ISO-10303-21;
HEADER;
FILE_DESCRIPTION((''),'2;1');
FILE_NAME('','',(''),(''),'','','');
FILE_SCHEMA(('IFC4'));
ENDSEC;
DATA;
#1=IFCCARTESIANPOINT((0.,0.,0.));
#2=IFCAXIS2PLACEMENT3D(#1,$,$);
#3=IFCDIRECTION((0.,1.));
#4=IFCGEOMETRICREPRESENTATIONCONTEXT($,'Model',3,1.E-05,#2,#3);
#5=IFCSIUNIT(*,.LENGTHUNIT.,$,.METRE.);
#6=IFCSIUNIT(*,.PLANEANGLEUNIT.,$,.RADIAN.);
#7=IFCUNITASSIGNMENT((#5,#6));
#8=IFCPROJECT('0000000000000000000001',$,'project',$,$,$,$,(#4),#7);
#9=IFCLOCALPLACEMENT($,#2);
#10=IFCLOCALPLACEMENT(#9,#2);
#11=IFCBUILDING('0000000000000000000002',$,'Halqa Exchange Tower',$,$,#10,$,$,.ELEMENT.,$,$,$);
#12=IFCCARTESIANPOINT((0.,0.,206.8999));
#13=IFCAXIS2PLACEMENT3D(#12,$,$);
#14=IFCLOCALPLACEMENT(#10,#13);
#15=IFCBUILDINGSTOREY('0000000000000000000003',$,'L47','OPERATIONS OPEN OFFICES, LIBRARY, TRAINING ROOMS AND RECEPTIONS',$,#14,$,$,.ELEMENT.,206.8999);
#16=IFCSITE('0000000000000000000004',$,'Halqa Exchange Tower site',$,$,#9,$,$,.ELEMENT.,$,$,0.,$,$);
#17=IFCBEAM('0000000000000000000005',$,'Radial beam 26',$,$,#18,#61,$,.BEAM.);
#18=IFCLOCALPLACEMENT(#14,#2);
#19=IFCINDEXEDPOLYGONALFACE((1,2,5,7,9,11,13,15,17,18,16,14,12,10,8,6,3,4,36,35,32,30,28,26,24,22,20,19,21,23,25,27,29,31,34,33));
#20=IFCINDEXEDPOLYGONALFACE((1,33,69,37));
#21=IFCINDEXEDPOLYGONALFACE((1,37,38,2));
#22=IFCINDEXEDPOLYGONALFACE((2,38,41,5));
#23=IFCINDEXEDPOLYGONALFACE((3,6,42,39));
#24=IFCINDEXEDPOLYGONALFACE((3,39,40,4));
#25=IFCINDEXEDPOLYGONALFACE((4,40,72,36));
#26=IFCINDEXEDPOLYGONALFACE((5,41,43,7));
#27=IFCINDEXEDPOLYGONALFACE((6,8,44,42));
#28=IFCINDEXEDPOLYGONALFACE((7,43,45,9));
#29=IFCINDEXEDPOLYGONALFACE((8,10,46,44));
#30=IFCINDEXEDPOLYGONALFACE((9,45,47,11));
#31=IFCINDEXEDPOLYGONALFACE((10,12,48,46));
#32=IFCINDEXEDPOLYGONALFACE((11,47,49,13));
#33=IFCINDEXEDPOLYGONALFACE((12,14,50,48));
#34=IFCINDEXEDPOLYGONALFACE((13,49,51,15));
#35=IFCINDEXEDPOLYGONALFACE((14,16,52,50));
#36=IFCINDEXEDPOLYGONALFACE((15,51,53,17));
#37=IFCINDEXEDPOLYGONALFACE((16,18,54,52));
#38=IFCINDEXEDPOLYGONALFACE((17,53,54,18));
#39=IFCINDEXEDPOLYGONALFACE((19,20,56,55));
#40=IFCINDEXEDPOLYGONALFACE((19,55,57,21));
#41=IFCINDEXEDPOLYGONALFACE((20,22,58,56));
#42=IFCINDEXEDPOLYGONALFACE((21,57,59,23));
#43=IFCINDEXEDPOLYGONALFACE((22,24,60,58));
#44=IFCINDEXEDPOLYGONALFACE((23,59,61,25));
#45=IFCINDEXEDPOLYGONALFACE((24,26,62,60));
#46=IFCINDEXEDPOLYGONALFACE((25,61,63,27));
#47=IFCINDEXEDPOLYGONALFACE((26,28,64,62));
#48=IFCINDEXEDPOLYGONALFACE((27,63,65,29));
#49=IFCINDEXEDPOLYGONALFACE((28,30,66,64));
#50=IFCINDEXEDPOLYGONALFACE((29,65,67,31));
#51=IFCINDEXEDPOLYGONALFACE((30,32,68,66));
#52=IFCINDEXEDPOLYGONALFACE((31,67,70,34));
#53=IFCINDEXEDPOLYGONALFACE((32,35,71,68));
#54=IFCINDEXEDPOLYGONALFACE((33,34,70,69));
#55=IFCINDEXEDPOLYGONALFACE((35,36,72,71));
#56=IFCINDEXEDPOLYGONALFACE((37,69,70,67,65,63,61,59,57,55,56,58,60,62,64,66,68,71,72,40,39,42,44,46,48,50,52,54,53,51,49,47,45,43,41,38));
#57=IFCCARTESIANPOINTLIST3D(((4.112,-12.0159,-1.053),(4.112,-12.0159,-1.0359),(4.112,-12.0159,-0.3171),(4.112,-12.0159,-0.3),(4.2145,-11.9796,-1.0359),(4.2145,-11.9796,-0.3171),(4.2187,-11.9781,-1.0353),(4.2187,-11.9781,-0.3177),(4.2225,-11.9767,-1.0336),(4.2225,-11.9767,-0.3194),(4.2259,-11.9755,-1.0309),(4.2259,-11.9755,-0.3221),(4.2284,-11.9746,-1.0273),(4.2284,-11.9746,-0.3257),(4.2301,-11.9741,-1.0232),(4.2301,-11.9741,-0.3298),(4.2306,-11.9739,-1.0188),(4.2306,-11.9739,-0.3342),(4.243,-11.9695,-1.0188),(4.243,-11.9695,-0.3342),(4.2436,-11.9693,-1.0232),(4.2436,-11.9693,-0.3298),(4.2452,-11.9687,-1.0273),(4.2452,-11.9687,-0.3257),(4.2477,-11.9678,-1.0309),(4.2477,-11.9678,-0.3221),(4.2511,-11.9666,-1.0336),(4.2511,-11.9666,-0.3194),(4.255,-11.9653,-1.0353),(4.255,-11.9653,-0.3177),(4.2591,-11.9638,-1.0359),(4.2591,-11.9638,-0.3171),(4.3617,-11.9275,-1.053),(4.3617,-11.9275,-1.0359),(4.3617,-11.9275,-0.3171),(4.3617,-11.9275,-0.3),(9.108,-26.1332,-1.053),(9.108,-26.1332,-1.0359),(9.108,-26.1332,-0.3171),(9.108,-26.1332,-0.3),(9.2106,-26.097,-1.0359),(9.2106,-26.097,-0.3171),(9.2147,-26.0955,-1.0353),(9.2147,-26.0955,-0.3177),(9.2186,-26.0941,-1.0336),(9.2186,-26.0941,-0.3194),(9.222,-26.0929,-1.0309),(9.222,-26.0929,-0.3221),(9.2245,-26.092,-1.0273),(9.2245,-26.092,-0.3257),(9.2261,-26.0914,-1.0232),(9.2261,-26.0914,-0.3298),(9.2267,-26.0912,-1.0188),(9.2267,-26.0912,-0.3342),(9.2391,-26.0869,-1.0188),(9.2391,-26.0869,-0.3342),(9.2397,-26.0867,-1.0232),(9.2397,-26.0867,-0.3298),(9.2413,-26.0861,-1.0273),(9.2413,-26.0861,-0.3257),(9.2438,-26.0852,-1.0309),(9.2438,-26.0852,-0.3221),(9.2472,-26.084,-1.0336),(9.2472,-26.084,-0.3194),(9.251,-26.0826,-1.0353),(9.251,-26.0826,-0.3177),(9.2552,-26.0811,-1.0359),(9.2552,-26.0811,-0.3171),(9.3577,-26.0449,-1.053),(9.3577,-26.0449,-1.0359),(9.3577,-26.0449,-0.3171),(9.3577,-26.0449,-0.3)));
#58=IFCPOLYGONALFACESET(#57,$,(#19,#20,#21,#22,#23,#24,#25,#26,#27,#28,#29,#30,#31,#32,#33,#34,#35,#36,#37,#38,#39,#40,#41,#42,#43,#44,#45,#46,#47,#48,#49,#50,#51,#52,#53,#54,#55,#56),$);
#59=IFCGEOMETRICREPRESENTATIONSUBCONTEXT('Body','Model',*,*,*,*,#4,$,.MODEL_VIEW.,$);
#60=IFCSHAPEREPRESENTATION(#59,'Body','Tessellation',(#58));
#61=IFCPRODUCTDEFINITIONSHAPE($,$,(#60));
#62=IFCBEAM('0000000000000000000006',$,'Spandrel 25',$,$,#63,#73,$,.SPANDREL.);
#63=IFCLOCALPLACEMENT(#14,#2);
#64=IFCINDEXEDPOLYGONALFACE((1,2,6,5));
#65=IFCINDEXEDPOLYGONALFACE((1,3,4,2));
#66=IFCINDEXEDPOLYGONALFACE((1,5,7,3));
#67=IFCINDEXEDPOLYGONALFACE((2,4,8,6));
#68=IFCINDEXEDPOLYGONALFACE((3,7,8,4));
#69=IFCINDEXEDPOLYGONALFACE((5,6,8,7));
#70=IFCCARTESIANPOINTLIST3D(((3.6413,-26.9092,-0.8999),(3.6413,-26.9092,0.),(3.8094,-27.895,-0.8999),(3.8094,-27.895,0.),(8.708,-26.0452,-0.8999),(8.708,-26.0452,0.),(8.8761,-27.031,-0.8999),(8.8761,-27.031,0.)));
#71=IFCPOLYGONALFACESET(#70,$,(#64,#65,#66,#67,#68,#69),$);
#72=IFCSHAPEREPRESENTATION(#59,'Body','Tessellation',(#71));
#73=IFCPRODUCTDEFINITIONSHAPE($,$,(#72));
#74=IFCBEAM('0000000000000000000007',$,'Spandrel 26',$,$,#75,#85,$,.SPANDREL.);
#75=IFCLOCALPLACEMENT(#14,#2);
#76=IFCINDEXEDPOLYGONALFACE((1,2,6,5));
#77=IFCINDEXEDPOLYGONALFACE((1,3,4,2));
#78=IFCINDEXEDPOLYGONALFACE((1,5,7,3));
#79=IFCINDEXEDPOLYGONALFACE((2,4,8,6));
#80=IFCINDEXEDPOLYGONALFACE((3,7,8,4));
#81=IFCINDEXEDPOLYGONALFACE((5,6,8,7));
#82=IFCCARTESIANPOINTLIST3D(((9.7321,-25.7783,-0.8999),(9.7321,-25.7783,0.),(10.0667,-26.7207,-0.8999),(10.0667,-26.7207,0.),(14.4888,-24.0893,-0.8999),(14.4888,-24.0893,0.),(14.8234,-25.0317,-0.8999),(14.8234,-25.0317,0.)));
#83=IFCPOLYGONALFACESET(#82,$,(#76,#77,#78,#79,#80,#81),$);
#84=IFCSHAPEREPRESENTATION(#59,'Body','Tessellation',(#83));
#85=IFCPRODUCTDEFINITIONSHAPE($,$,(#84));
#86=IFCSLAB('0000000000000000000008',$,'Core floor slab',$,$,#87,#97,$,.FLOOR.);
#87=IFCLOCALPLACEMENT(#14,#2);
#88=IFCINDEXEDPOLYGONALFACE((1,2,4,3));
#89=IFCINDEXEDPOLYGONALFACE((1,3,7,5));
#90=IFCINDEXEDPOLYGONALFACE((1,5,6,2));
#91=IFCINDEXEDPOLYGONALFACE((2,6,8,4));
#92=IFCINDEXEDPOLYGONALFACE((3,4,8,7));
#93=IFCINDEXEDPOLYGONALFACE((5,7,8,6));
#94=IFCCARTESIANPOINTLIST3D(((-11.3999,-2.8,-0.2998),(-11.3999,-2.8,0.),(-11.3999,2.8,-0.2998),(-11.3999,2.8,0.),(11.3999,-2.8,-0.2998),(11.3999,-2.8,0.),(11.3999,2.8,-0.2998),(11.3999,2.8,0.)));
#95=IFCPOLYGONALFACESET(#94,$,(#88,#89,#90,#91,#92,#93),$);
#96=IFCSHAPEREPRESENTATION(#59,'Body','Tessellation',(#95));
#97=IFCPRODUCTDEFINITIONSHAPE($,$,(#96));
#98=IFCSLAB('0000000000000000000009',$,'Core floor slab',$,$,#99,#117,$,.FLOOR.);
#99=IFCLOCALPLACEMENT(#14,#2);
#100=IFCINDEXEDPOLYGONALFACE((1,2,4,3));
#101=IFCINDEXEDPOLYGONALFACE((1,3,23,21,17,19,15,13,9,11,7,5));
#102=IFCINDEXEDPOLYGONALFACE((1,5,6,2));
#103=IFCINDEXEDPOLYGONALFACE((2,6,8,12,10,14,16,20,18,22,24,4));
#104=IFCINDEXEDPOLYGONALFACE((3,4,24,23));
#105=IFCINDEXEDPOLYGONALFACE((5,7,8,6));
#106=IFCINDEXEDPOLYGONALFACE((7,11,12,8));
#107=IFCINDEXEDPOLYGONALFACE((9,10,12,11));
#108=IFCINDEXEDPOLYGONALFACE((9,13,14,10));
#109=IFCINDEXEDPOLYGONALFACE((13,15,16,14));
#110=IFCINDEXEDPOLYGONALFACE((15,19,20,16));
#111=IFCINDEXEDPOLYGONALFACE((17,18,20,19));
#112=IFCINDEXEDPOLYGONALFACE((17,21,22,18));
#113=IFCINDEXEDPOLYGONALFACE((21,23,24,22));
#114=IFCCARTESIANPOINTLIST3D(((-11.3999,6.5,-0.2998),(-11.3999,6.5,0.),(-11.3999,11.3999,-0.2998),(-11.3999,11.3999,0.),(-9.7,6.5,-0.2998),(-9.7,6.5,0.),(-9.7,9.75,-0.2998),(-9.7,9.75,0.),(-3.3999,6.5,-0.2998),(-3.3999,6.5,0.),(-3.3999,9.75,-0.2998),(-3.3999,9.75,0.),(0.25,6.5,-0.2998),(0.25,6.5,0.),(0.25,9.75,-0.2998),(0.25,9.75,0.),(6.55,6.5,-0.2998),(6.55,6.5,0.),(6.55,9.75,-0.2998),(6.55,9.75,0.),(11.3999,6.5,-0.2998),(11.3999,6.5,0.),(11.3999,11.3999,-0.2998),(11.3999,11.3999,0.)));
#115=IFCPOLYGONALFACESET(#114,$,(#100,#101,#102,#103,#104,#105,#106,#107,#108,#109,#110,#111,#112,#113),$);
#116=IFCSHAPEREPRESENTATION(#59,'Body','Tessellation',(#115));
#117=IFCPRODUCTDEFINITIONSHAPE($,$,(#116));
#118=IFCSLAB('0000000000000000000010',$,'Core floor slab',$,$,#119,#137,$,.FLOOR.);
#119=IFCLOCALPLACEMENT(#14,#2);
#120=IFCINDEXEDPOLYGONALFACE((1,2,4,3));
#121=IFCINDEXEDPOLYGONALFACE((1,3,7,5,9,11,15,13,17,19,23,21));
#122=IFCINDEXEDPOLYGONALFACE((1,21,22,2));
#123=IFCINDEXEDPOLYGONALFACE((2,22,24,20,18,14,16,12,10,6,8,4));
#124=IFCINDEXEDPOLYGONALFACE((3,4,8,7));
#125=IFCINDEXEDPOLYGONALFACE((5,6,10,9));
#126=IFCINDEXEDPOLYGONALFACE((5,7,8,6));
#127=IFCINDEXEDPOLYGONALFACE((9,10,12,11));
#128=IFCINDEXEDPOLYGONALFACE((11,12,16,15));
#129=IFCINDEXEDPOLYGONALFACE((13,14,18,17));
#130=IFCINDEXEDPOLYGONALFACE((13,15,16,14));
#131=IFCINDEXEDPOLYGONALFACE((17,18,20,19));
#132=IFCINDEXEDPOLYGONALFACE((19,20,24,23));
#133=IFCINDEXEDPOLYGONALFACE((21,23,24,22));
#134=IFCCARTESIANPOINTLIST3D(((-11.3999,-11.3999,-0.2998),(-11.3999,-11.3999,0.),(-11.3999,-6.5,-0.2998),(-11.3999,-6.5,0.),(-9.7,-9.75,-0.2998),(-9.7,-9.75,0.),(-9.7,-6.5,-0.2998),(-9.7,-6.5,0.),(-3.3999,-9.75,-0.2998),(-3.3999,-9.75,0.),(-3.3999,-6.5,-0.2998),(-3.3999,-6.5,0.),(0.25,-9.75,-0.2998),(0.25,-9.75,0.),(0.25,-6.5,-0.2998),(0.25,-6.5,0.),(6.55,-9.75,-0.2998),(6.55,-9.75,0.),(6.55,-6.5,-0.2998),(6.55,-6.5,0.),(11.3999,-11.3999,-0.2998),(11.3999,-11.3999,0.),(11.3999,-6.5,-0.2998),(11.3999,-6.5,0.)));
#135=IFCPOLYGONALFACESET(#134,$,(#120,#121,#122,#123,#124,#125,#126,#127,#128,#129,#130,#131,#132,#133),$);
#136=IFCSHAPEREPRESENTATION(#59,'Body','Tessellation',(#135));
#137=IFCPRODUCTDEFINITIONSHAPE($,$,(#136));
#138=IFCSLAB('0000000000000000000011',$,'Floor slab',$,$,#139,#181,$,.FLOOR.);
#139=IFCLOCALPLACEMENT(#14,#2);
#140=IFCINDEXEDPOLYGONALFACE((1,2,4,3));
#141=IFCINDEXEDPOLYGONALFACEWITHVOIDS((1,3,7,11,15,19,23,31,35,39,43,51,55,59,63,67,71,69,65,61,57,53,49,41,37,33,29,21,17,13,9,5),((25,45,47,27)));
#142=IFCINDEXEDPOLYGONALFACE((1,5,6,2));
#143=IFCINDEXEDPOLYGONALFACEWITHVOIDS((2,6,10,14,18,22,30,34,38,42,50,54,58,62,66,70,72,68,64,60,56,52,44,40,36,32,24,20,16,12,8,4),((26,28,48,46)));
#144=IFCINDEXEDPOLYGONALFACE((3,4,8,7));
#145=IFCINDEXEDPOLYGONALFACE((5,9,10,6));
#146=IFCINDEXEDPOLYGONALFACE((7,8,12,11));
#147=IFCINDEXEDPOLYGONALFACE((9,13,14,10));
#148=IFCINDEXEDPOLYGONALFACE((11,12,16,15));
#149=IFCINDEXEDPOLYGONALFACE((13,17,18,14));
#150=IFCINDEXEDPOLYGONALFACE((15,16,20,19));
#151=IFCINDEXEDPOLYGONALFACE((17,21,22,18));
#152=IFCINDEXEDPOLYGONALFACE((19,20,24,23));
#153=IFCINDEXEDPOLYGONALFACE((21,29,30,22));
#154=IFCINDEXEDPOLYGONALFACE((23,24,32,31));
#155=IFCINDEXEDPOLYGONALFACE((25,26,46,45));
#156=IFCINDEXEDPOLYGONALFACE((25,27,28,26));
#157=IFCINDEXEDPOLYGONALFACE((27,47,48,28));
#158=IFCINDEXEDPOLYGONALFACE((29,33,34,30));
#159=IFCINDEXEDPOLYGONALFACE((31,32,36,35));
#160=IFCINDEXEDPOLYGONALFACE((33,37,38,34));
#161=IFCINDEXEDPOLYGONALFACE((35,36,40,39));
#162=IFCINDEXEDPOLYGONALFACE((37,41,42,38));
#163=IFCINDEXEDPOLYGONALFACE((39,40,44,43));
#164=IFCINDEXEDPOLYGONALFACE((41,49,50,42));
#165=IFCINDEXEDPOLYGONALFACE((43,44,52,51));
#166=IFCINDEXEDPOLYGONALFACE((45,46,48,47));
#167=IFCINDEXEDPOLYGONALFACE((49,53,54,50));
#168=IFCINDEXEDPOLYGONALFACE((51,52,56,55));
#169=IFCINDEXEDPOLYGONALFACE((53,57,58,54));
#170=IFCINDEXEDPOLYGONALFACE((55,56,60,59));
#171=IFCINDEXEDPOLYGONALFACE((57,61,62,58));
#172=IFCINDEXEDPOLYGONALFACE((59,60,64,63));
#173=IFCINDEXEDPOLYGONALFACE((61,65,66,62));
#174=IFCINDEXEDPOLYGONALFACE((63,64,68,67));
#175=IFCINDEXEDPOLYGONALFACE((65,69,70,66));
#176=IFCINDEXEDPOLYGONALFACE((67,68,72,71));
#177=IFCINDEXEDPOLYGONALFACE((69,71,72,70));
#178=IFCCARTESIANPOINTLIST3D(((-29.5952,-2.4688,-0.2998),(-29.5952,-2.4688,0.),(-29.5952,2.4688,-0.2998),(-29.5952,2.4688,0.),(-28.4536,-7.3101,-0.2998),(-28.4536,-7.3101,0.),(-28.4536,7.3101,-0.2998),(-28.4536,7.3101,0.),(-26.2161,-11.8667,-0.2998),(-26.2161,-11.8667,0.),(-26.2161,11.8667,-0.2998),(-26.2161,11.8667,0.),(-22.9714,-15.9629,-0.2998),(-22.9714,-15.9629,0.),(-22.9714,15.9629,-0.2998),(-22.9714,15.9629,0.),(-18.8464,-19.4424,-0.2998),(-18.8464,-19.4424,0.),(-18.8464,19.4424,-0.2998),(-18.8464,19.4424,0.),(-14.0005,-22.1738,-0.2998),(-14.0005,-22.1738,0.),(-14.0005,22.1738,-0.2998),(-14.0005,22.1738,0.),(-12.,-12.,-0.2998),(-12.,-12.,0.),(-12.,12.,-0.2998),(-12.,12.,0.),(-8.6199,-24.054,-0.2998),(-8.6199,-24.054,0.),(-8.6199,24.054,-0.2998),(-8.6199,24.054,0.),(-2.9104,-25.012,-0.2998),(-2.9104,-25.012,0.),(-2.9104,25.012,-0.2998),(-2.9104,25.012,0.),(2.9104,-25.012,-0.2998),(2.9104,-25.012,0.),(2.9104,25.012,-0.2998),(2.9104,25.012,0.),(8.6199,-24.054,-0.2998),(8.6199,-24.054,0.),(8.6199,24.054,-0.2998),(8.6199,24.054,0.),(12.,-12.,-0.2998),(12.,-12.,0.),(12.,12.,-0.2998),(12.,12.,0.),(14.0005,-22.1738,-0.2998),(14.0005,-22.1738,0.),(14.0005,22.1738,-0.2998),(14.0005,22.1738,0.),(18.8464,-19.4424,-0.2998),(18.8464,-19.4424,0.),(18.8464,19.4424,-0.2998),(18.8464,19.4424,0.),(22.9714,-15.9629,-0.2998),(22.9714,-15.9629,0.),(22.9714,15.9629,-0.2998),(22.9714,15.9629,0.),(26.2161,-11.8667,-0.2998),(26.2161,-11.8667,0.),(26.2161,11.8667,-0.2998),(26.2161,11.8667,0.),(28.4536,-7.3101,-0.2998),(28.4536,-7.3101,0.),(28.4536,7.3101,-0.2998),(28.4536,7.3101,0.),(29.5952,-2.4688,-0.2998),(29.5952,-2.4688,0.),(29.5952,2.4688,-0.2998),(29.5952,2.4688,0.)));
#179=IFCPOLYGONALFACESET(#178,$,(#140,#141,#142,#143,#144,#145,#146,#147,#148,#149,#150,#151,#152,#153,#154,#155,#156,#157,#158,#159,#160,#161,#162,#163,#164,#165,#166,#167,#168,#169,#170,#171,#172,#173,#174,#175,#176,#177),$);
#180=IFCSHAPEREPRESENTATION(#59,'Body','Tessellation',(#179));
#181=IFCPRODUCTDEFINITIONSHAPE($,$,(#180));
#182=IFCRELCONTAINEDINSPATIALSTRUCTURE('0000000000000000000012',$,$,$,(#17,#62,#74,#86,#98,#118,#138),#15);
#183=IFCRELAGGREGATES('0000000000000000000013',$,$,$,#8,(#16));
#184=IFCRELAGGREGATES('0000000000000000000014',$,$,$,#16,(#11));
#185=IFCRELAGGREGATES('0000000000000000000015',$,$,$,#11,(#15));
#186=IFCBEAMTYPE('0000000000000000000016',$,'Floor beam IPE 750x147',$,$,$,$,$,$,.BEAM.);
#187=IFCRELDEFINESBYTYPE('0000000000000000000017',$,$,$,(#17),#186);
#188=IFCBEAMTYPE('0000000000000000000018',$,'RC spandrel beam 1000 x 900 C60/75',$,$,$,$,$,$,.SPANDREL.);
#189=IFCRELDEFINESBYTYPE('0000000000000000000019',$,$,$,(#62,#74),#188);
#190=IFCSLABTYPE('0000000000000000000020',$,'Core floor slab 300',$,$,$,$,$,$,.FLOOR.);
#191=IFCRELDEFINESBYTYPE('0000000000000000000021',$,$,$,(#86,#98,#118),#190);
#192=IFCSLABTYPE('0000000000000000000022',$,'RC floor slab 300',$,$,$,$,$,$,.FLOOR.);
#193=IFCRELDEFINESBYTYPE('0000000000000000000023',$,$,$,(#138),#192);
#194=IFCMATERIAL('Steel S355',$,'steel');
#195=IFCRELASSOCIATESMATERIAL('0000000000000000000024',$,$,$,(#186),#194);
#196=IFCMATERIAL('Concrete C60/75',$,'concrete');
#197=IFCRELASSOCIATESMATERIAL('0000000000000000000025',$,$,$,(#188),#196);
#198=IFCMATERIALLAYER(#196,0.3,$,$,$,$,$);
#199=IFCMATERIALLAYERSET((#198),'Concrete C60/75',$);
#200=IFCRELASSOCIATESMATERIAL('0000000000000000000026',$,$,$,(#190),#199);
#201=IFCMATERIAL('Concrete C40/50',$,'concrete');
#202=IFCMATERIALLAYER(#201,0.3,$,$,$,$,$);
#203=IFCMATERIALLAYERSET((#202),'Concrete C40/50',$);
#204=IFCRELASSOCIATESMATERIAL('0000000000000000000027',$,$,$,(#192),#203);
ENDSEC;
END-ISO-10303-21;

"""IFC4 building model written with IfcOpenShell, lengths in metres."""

from ifc_helpers import new_model, si_unit, direction, frame, origin, origin_2d, place, context, subcontext, project, spatial, polyline, rectangle, i_section, outline, extrude, material, layer, layer_set, material_profile, profile_set, type_object, element, save


model = new_model("IFC4")

# Units and contexts
model_context = context("Model", 3, precision=1e-05, world=origin(), true_north=direction((0.0, 1.0)))
body_context = subcontext(model_context, "Body", "Model", "MODEL_VIEW")
ifc_project = project(units=[si_unit("LENGTHUNIT", "METRE"), si_unit("PLANEANGLEUNIT", "RADIAN")], contexts=[model_context])

# Site, building, storey
site_placement = place(None, origin())
site = spatial("IfcSite", under=ifc_project, at=site_placement, Name="Halqa Exchange Tower site", CompositionType="ELEMENT", RefElevation=0.0)
building_placement = place(site_placement, origin())
building = spatial("IfcBuilding", under=site, at=building_placement, Name="Halqa Exchange Tower", CompositionType="ELEMENT")
storey_placement = place(building_placement, frame((0.0, 0.0, 206.8999)))
storey = spatial("IfcBuildingStorey", under=building, at=storey_placement, Name="L47", Description="OPERATIONS OPEN OFFICES, LIBRARY, TRAINING ROOMS AND RECEPTIONS", CompositionType="ELEMENT", Elevation=206.8999)

# Shared definitions
ifc_material_1 = material(Name="Concrete C60/75", Category="concrete")

# Beams
ifc_material_2 = material(Name="Steel S355", Category="steel")
ifc_material_profile_1 = material_profile(ifc_material_2, i_section(OverallWidth=0.2649, OverallDepth=0.7529, WebThickness=0.0132, FlangeThickness=0.0171, FilletRadius=0.0171, at=origin_2d()), Name="IPE 750x147")
ifc_profile_set_1 = profile_set([ifc_material_profile_1], Name="Steel S355")
beam_type_1 = type_object("IfcBeamType", Name="Floor beam IPE 750x147", PredefinedType="BEAM", material=ifc_profile_set_1)
beam_1_placement = place(storey_placement, frame((4.2368, -11.9717, -0.6765), z_axis=(0.33362, -0.942708, 0.0), x_axis=(0.942708, 0.33362, 0.0)))
element("IfcBeam", 1, at=beam_1_placement, inside=storey, type_object=beam_type_1, Name="Radial beam 26", PredefinedType="BEAM", context=body_context, shape_type="SweptSolid", body=[
    extrude(i_section(OverallWidth=0.2649, OverallDepth=0.7529, WebThickness=0.0132, FlangeThickness=0.0171, FilletRadius=0.0171, at=origin_2d()), origin(), (0.0, 0.0, 1.0), 14.9753),
])
ifc_material_profile_2 = material_profile(ifc_material_1, rectangle(XDim=1.0, YDim=0.8999, at=origin_2d()), Name="1000 x 900")
ifc_profile_set_2 = profile_set([ifc_material_profile_2], Name="Concrete C60/75")
beam_type_2 = type_object("IfcBeamType", Name="RC spandrel beam 1000 x 900 C60/75", PredefinedType="SPANDREL", material=ifc_profile_set_2)
beam_2_placement = place(storey_placement, frame((3.7253, -27.4021, -0.45), z_axis=(0.985769, 0.168103, 0.0), x_axis=(-0.168103, 0.985769, 0.0)))
element("IfcBeam", 2, at=beam_2_placement, inside=storey, type_object=beam_type_2, Name="Spandrel 25", PredefinedType="SPANDREL", context=body_context, shape_type="SweptSolid", body=[
    extrude(rectangle(XDim=1.0, YDim=0.8999, at=origin_2d()), origin(), (0.0, 0.0, 1.0), 5.1399),
])
beam_3_placement = place(storey_placement, frame((9.8994, -26.2495, -0.45), z_axis=(0.942356, 0.334611, 0.0), x_axis=(-0.334611, 0.942356, 0.0)))
element("IfcBeam", 3, at=beam_3_placement, inside=storey, type_object=beam_type_2, Name="Spandrel 26", PredefinedType="SPANDREL", context=body_context, shape_type="SweptSolid", body=[
    extrude(rectangle(XDim=1.0, YDim=0.8999, at=origin_2d()), origin(), (0.0, 0.0, 1.0), 5.0476),
])

# Slabs
ifc_layer_1 = layer(ifc_material_1, 0.3)
ifc_layer_set_1 = layer_set([ifc_layer_1], Name="Concrete C60/75")
slab_type_1 = type_object("IfcSlabType", Name="Core floor slab 300", PredefinedType="FLOOR", material=ifc_layer_set_1)
slab_1_placement = place(storey_placement, frame((0.0, 0.0, -0.2998)))
element("IfcSlab", 4, at=slab_1_placement, inside=storey, type_object=slab_type_1, Name="Core floor slab", PredefinedType="FLOOR", context=body_context, shape_type="SweptSolid", body=[
    extrude(outline(polyline([(-11.3999, 2.8), (11.3999, 2.8), (11.3999, -2.8), (-11.3999, -2.8), (-11.3999, 2.8)])), origin(), (0.0, 0.0, 1.0), 0.2998),
])
slab_2_placement = place(storey_placement, frame((0.0, 0.0, -0.2998)))
element("IfcSlab", 5, at=slab_2_placement, inside=storey, type_object=slab_type_1, Name="Core floor slab", PredefinedType="FLOOR", context=body_context, shape_type="SweptSolid", body=[
    extrude(outline(polyline([(-11.3999, 11.3999), (11.3999, 11.3999), (11.3999, 6.5), (6.55, 6.5), (6.55, 9.75), (0.25, 9.75), (0.25, 6.5), (-3.3999, 6.5), (-3.3999, 9.75), (-9.7, 9.75), (-9.7, 6.5), (-11.3999, 6.5), (-11.3999, 11.3999)])), origin(), (0.0, 0.0, 1.0), 0.2998),
])
slab_3_placement = place(storey_placement, frame((0.0, 0.0, -0.2998)))
element("IfcSlab", 6, at=slab_3_placement, inside=storey, type_object=slab_type_1, Name="Core floor slab", PredefinedType="FLOOR", context=body_context, shape_type="SweptSolid", body=[
    extrude(outline(polyline([(-9.7, -9.75), (-3.3999, -9.75), (-3.3999, -6.5), (0.25, -6.5), (0.25, -9.75), (6.55, -9.75), (6.55, -6.5), (11.3999, -6.5), (11.3999, -11.3999), (-11.3999, -11.3999), (-11.3999, -6.5), (-9.7, -6.5), (-9.7, -9.75)])), origin(), (0.0, 0.0, 1.0), 0.2998),
])
ifc_material_3 = material(Name="Concrete C40/50", Category="concrete")
ifc_layer_2 = layer(ifc_material_3, 0.3)
ifc_layer_set_2 = layer_set([ifc_layer_2], Name="Concrete C40/50")
slab_type_2 = type_object("IfcSlabType", Name="RC floor slab 300", PredefinedType="FLOOR", material=ifc_layer_set_2)
slab_4_placement = place(storey_placement, frame((0.0, 0.0, -0.2998)))
element("IfcSlab", 7, at=slab_4_placement, inside=storey, type_object=slab_type_2, Name="Floor slab", PredefinedType="FLOOR", context=body_context, shape_type="SweptSolid", body=[
    extrude(outline(polyline([(29.5952, 2.4688), (28.4536, 7.3101), (26.2161, 11.8667), (22.9714, 15.9629), (18.8464, 19.4424), (14.0005, 22.1738), (8.6199, 24.054), (2.9104, 25.012), (-2.9104, 25.012), (-8.6199, 24.054), (-14.0005, 22.1738), (-18.8464, 19.4424), (-22.9714, 15.9629), (-26.2161, 11.8667), (-28.4536, 7.3101), (-29.5952, 2.4688), (-29.5952, -2.4688), (-28.4536, -7.3101), (-26.2161, -11.8667), (-22.9714, -15.9629), (-18.8464, -19.4424), (-14.0005, -22.1738), (-8.6199, -24.054), (-2.9104, -25.012), (2.9104, -25.012), (8.6199, -24.054), (14.0005, -22.1738), (18.8464, -19.4424), (22.9714, -15.9629), (26.2161, -11.8667), (28.4536, -7.3101), (29.5952, -2.4688), (29.5952, 2.4688)]), holes=[polyline([(-12.0, -12.0), (12.0, -12.0), (12.0, 12.0), (-12.0, 12.0), (-12.0, -12.0)])]), origin(), (0.0, 0.0, 1.0), 0.2998),
])

save(model, "model.ifc")
